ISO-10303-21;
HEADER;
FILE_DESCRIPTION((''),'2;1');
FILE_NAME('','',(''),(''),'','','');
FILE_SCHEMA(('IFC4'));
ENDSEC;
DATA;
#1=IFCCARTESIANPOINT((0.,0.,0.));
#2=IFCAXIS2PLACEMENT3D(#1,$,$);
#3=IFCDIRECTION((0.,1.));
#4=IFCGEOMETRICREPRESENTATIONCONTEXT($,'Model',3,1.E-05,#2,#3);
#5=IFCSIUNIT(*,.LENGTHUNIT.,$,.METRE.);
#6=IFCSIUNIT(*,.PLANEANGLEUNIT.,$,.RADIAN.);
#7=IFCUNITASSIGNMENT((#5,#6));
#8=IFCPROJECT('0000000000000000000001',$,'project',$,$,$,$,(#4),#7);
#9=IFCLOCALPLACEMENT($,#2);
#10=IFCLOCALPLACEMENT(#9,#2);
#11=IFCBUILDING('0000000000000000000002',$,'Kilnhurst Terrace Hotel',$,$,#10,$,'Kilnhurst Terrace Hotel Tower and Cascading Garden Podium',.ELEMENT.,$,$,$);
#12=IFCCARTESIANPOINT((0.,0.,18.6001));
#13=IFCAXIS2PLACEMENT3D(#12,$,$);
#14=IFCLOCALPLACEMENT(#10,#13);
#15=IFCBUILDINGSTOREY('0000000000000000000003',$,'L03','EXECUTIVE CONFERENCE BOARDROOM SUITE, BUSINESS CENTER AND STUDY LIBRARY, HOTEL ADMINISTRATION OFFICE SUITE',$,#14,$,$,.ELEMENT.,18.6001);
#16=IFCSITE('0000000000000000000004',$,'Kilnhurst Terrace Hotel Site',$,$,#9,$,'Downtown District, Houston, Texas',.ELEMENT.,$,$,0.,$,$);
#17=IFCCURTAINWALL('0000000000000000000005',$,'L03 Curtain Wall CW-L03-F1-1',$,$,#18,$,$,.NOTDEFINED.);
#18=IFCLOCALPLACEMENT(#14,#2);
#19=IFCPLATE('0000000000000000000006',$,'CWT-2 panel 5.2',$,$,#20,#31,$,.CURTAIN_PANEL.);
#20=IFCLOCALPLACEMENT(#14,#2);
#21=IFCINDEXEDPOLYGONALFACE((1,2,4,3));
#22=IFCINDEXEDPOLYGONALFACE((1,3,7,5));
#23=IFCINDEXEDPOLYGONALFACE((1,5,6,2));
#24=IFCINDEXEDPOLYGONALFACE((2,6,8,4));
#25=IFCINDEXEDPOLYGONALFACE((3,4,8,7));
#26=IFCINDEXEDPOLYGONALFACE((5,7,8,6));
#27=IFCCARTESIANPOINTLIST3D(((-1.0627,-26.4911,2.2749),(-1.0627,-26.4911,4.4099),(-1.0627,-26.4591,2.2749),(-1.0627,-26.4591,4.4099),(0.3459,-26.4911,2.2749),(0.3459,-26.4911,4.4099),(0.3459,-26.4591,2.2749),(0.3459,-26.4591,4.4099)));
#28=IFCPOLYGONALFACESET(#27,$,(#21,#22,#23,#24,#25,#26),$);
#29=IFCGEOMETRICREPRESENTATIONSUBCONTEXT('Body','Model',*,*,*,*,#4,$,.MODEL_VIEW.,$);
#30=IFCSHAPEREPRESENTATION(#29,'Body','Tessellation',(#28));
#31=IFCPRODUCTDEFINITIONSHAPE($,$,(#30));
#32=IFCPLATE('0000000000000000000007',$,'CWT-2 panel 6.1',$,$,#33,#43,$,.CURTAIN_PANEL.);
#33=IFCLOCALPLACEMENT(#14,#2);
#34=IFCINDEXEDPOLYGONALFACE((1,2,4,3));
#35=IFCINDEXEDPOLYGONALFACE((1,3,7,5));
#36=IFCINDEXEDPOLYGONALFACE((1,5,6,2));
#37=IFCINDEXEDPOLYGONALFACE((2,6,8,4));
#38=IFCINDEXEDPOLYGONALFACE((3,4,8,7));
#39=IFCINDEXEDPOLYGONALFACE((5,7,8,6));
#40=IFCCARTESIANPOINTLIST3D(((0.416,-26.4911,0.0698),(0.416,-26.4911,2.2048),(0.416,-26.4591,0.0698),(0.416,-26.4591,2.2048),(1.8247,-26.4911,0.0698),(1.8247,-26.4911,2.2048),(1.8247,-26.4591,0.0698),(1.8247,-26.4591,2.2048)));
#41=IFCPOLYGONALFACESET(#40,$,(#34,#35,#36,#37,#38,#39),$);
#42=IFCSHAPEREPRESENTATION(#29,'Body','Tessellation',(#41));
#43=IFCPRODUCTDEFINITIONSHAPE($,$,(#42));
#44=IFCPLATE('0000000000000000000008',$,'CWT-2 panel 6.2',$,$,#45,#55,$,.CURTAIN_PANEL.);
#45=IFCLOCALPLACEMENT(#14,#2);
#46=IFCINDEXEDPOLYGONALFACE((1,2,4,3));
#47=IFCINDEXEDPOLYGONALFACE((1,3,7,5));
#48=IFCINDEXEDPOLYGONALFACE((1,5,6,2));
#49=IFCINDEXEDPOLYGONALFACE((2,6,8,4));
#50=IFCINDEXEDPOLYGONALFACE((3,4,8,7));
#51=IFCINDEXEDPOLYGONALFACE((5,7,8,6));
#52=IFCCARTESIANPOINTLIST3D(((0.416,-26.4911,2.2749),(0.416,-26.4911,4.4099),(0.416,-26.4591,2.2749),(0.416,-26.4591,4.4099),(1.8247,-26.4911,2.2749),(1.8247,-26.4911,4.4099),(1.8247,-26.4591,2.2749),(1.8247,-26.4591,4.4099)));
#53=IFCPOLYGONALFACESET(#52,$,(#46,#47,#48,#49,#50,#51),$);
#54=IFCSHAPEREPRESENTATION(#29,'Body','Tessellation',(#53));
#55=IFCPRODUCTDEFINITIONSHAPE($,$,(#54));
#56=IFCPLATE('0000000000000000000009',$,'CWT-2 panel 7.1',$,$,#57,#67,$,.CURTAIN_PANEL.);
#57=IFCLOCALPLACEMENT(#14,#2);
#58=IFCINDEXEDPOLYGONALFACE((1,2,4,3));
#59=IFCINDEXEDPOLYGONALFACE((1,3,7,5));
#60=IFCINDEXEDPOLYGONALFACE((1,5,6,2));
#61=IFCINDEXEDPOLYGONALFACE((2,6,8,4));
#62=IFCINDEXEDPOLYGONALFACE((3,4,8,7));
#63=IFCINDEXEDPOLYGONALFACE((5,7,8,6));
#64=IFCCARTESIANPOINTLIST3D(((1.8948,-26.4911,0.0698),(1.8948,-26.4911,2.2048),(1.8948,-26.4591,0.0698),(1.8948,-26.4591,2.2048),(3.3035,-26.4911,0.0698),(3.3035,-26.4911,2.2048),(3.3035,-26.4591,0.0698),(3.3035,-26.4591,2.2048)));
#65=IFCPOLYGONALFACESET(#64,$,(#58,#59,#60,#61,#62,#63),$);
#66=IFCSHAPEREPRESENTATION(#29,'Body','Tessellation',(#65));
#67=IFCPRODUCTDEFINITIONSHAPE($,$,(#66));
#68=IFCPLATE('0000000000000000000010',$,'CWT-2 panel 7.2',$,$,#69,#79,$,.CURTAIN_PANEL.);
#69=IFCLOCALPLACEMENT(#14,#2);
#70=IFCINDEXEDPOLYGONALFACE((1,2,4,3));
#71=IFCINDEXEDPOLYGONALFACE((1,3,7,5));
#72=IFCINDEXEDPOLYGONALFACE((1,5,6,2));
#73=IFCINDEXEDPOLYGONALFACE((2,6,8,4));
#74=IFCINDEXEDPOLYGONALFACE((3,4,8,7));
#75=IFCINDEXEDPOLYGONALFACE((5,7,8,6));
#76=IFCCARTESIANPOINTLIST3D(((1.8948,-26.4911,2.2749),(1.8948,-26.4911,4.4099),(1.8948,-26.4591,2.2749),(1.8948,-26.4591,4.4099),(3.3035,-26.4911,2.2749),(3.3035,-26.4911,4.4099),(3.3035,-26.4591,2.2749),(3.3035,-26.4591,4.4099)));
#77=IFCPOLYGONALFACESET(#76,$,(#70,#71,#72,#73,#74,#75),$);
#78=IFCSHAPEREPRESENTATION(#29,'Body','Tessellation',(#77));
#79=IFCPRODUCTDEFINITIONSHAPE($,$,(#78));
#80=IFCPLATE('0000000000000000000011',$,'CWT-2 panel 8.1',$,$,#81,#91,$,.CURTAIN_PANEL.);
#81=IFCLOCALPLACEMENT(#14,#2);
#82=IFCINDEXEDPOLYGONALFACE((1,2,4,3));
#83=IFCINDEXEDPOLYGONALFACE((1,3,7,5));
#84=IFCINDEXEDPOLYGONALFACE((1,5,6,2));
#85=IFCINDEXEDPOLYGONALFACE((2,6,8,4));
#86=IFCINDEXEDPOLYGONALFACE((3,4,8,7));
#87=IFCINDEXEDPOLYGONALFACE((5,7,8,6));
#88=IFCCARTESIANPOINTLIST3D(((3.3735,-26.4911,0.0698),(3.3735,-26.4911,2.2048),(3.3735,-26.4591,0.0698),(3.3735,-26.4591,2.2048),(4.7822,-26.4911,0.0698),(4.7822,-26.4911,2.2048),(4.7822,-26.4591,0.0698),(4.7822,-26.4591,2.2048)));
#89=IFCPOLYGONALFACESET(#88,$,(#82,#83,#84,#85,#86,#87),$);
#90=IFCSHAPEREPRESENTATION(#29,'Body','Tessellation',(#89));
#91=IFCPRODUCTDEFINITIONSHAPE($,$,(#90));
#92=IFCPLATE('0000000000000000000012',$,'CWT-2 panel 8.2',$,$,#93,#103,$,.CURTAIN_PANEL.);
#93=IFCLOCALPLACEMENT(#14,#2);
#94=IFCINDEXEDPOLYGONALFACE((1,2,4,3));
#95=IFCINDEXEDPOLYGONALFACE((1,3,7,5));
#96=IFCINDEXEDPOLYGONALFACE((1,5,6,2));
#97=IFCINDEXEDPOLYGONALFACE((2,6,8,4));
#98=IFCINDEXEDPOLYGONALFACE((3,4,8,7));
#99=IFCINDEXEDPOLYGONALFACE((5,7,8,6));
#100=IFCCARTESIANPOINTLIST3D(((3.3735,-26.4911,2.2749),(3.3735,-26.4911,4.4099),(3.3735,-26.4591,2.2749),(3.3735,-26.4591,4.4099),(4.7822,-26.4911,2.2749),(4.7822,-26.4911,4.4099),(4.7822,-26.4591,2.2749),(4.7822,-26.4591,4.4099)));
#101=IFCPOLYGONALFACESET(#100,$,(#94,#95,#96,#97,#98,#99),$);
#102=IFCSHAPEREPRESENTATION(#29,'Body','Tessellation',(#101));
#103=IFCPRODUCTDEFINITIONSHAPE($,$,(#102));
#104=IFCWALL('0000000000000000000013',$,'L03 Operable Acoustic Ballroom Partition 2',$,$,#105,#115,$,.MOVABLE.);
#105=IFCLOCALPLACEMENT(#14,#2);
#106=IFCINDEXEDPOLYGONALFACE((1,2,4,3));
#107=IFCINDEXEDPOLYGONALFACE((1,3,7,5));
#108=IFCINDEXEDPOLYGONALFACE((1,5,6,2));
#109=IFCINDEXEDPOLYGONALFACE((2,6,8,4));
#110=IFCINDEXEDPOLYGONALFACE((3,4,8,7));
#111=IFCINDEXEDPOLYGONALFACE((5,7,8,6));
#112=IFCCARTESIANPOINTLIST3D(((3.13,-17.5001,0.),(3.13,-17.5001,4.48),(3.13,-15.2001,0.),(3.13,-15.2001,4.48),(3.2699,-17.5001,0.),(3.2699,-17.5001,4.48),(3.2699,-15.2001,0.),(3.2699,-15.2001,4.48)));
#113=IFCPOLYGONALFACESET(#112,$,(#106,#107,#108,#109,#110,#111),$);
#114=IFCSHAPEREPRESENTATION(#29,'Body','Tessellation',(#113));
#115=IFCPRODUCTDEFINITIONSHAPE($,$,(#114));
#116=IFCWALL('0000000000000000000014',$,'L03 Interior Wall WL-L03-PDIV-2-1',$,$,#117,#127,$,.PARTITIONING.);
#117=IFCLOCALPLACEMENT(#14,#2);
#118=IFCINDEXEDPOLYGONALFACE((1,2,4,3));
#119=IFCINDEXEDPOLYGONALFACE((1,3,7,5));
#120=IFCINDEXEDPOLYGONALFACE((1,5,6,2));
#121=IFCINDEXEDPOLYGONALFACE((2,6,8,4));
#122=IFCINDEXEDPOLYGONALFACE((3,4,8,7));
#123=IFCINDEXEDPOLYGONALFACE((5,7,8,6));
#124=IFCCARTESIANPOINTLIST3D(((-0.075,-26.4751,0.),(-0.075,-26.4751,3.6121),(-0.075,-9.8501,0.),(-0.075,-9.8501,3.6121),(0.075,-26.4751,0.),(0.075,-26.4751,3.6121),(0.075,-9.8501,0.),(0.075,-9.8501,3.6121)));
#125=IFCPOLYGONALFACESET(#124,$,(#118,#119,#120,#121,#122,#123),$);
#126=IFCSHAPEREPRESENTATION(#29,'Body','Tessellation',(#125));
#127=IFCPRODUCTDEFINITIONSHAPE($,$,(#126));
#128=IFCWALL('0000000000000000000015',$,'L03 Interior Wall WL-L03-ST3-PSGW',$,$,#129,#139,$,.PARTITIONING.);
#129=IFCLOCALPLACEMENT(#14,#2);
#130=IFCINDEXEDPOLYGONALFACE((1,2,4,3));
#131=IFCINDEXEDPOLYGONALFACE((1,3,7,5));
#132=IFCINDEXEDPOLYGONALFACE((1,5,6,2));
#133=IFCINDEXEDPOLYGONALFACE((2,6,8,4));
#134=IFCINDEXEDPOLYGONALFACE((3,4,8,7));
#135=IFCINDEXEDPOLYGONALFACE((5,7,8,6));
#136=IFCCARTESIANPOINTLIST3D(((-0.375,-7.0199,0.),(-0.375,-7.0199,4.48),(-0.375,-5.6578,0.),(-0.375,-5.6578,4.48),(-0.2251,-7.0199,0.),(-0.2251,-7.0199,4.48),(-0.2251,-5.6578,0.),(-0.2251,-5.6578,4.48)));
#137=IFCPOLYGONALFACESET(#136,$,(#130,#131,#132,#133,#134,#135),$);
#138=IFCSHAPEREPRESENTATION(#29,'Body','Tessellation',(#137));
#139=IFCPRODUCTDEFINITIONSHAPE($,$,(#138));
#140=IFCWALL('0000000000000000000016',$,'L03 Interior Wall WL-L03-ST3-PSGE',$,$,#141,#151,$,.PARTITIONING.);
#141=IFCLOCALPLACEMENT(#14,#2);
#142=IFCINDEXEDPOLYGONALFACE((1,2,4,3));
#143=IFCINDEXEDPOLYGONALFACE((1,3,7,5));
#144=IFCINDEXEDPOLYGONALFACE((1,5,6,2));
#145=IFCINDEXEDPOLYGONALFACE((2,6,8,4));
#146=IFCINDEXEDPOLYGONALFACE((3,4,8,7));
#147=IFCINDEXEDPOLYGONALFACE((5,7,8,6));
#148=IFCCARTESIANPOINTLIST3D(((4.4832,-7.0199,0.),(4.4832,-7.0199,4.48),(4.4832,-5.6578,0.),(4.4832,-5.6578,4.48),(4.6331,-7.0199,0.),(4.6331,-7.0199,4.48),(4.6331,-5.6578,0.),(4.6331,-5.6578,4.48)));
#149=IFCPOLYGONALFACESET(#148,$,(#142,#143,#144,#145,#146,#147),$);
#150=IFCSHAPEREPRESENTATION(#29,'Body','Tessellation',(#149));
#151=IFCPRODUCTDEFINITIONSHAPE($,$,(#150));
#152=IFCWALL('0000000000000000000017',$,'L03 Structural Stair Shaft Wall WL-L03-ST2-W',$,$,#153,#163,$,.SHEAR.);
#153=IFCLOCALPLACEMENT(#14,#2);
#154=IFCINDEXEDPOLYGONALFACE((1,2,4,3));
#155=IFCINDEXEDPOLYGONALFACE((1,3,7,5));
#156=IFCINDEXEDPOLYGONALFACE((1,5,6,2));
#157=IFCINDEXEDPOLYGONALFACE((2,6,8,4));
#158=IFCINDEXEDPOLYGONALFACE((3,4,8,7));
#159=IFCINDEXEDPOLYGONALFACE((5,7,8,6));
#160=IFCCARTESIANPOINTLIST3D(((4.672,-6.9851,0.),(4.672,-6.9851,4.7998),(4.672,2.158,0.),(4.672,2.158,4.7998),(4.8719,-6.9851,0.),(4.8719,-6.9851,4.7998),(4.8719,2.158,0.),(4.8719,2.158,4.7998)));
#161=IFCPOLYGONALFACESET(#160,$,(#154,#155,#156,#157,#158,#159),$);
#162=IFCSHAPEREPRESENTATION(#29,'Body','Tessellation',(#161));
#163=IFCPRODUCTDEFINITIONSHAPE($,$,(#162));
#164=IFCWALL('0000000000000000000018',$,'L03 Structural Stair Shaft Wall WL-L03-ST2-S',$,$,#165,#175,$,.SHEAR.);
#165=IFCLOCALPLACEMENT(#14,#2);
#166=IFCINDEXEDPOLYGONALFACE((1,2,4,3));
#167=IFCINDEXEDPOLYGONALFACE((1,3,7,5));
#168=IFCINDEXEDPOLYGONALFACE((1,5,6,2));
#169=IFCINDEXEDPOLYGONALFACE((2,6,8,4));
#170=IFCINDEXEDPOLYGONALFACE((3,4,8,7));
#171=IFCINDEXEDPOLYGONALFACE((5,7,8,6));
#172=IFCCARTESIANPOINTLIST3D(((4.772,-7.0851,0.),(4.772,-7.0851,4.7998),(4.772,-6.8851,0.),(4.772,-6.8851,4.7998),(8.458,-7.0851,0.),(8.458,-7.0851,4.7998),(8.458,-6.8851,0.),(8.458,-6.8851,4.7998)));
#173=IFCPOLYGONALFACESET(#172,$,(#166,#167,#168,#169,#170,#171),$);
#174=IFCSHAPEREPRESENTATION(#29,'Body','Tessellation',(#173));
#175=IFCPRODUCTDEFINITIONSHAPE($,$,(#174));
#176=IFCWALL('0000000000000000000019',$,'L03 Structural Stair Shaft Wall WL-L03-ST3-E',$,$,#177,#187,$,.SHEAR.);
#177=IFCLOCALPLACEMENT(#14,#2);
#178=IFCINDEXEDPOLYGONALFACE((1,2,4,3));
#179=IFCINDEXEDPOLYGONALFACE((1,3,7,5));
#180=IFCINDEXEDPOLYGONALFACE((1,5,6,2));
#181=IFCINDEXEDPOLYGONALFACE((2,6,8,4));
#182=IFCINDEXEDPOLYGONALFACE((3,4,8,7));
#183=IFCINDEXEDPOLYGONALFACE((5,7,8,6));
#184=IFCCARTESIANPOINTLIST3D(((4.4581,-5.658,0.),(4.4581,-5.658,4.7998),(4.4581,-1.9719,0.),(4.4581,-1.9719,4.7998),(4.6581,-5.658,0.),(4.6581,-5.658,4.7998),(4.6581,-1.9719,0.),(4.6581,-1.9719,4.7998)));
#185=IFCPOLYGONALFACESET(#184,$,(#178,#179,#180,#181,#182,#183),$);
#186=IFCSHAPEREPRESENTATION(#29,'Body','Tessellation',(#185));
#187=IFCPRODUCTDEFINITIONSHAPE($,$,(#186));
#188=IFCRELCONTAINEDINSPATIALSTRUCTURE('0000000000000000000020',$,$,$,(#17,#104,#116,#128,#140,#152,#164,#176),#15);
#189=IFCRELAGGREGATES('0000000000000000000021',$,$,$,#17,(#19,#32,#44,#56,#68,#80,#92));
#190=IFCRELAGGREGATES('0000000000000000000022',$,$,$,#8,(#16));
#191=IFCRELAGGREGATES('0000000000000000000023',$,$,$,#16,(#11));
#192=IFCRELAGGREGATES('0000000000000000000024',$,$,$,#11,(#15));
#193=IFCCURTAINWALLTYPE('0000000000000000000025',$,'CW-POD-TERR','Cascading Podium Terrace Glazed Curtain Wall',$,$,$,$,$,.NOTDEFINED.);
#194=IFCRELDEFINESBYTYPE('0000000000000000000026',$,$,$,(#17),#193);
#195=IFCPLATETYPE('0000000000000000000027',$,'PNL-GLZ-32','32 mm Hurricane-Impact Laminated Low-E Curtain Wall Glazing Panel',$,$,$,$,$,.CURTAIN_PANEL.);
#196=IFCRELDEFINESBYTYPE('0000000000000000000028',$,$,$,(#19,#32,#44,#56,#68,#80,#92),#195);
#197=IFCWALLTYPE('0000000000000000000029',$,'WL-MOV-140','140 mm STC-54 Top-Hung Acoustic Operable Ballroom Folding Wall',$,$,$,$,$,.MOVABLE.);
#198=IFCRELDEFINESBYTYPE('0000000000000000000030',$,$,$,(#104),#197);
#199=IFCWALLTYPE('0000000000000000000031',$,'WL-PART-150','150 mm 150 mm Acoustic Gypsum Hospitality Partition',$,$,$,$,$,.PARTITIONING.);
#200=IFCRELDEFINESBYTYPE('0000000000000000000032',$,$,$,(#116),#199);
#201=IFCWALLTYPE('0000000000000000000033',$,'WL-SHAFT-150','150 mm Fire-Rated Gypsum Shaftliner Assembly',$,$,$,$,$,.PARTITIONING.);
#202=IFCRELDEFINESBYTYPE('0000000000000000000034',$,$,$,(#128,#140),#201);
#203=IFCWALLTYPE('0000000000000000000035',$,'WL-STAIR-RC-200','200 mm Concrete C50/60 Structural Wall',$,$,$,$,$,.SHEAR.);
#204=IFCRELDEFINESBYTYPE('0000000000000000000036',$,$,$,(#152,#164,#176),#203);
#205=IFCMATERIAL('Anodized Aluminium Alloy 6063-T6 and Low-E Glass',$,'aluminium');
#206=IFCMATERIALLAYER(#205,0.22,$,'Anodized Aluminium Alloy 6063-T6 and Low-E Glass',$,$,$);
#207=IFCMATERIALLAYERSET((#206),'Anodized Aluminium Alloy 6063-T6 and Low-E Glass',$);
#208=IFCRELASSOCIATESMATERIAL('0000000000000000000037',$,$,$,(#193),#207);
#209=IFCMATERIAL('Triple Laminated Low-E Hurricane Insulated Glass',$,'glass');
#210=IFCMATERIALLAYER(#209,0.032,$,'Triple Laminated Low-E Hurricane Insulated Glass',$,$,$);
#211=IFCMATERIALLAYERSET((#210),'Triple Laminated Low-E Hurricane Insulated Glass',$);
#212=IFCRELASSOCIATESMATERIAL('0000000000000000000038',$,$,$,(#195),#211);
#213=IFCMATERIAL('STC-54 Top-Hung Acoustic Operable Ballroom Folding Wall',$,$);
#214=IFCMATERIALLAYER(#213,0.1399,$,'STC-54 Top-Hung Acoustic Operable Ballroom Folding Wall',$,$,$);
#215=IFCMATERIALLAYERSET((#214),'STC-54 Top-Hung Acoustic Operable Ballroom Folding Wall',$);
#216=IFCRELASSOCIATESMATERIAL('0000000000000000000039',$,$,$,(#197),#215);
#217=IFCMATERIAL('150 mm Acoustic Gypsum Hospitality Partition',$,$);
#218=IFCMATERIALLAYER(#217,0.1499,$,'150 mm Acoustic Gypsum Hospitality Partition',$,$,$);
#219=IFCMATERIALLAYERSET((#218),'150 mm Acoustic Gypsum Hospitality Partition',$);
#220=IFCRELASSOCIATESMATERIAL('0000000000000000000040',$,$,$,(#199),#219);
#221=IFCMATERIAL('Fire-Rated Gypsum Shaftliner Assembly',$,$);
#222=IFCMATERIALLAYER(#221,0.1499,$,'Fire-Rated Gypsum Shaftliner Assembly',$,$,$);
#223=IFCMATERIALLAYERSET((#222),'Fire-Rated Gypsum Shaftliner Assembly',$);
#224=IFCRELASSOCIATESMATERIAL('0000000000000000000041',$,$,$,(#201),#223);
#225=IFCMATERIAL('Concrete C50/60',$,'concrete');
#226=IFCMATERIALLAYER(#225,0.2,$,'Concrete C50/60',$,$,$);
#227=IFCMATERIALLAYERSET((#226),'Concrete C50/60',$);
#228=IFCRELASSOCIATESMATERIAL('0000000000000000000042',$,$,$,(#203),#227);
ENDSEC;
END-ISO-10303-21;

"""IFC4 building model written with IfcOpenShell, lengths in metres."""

from ifc_helpers import new_model, si_unit, direction, frame, frame_2d, origin, origin_2d, place, context, subcontext, project, spatial, rectangle, extrude, material, layer, layer_set, type_object, element, aggregate, save


model = new_model("IFC4")

# Units and contexts
model_context = context("Model", 3, precision=1e-05, world=origin(), true_north=direction((0.0, 1.0)))
body_context = subcontext(model_context, "Body", "Model", "MODEL_VIEW")
ifc_project = project(units=[si_unit("LENGTHUNIT", "METRE"), si_unit("PLANEANGLEUNIT", "RADIAN")], contexts=[model_context])

# Site, building, storey
site_placement = place(None, origin())
site = spatial("IfcSite", under=ifc_project, at=site_placement, Name="Kilnhurst Terrace Hotel Site", LongName="Downtown District, Houston, Texas", CompositionType="ELEMENT", RefElevation=0.0)
building_placement = place(site_placement, origin())
building = spatial("IfcBuilding", under=site, at=building_placement, Name="Kilnhurst Terrace Hotel", LongName="Kilnhurst Terrace Hotel Tower and Cascading Garden Podium", CompositionType="ELEMENT")
storey_placement = place(building_placement, frame((0.0, 0.0, 18.6001)))
storey = spatial("IfcBuildingStorey", under=building, at=storey_placement, Name="L03", Description="EXECUTIVE CONFERENCE BOARDROOM SUITE, BUSINESS CENTER AND STUDY LIBRARY, HOTEL ADMINISTRATION OFFICE SUITE", CompositionType="ELEMENT", Elevation=18.6001)

# Shared definitions
ifc_material_1 = material(Name="Concrete C50/60", Category="concrete")

# Curtain wall, plates
ifc_material_2 = material(Name="Anodized Aluminium Alloy 6063-T6 and Low-E Glass", Category="aluminium")
ifc_layer_1 = layer(ifc_material_2, 0.22, Name="Anodized Aluminium Alloy 6063-T6 and Low-E Glass")
ifc_layer_set_1 = layer_set([ifc_layer_1], Name="Anodized Aluminium Alloy 6063-T6 and Low-E Glass")
curtain_wall_type = type_object("IfcCurtainWallType", Name="CW-POD-TERR", Description="Cascading Podium Terrace Glazed Curtain Wall", PredefinedType="NOTDEFINED", material=ifc_layer_set_1)
curtain_wall_placement = place(storey_placement, origin())
curtain_wall = element("IfcCurtainWall", 1, at=curtain_wall_placement, inside=storey, type_object=curtain_wall_type, Name="L03 Curtain Wall CW-L03-F1-1", PredefinedType="NOTDEFINED")
ifc_material_3 = material(Name="Triple Laminated Low-E Hurricane Insulated Glass", Category="glass")
ifc_layer_2 = layer(ifc_material_3, 0.032, Name="Triple Laminated Low-E Hurricane Insulated Glass")
ifc_layer_set_2 = layer_set([ifc_layer_2], Name="Triple Laminated Low-E Hurricane Insulated Glass")
plate_type = type_object("IfcPlateType", Name="PNL-GLZ-32", Description="32 mm Hurricane-Impact Laminated Low-E Curtain Wall Glazing Panel", PredefinedType="CURTAIN_PANEL", material=ifc_layer_set_2)
plate_1_placement = place(storey_placement, frame((-0.3584, -26.4751, 2.2749), z_axis=(0.0, 0.0, 1.0), x_axis=(1.0, 0.0, 0.0)))
plate_1 = element("IfcPlate", 2, at=plate_1_placement, type_object=plate_type, Name="CWT-2 panel 5.2", PredefinedType="CURTAIN_PANEL", context=body_context, shape_type="SweptSolid", body=[
    extrude(rectangle(XDim=1.4087, YDim=0.032, at=origin_2d()), origin(), (0.0, 0.0, 1.0), 2.135),
])
plate_2_placement = place(storey_placement, frame((1.1204, -26.4751, 0.0698), z_axis=(0.0, 0.0, 1.0), x_axis=(1.0, 0.0, 0.0)))
plate_2 = element("IfcPlate", 3, at=plate_2_placement, type_object=plate_type, Name="CWT-2 panel 6.1", PredefinedType="CURTAIN_PANEL", context=body_context, shape_type="SweptSolid", body=[
    extrude(rectangle(XDim=1.4087, YDim=0.032, at=origin_2d()), origin(), (0.0, 0.0, 1.0), 2.135),
])
plate_3_placement = place(storey_placement, frame((1.1204, -26.4751, 2.2749), z_axis=(0.0, 0.0, 1.0), x_axis=(1.0, 0.0, 0.0)))
plate_3 = element("IfcPlate", 4, at=plate_3_placement, type_object=plate_type, Name="CWT-2 panel 6.2", PredefinedType="CURTAIN_PANEL", context=body_context, shape_type="SweptSolid", body=[
    extrude(rectangle(XDim=1.4087, YDim=0.032, at=origin_2d()), origin(), (0.0, 0.0, 1.0), 2.135),
])
plate_4_placement = place(storey_placement, frame((2.5991, -26.4751, 0.0698), z_axis=(0.0, 0.0, 1.0), x_axis=(1.0, 0.0, 0.0)))
plate_4 = element("IfcPlate", 5, at=plate_4_placement, type_object=plate_type, Name="CWT-2 panel 7.1", PredefinedType="CURTAIN_PANEL", context=body_context, shape_type="SweptSolid", body=[
    extrude(rectangle(XDim=1.4087, YDim=0.032, at=origin_2d()), origin(), (0.0, 0.0, 1.0), 2.135),
])
plate_5_placement = place(storey_placement, frame((2.5991, -26.4751, 2.2749), z_axis=(0.0, 0.0, 1.0), x_axis=(1.0, 0.0, 0.0)))
plate_5 = element("IfcPlate", 6, at=plate_5_placement, type_object=plate_type, Name="CWT-2 panel 7.2", PredefinedType="CURTAIN_PANEL", context=body_context, shape_type="SweptSolid", body=[
    extrude(rectangle(XDim=1.4087, YDim=0.032, at=origin_2d()), origin(), (0.0, 0.0, 1.0), 2.135),
])
plate_6_placement = place(storey_placement, frame((4.0779, -26.4751, 0.0698), z_axis=(0.0, 0.0, 1.0), x_axis=(1.0, 0.0, 0.0)))
plate_6 = element("IfcPlate", 7, at=plate_6_placement, type_object=plate_type, Name="CWT-2 panel 8.1", PredefinedType="CURTAIN_PANEL", context=body_context, shape_type="SweptSolid", body=[
    extrude(rectangle(XDim=1.4087, YDim=0.032, at=origin_2d()), origin(), (0.0, 0.0, 1.0), 2.135),
])
plate_7_placement = place(storey_placement, frame((4.0779, -26.4751, 2.2749), z_axis=(0.0, 0.0, 1.0), x_axis=(1.0, 0.0, 0.0)))
plate_7 = element("IfcPlate", 8, at=plate_7_placement, type_object=plate_type, Name="CWT-2 panel 8.2", PredefinedType="CURTAIN_PANEL", context=body_context, shape_type="SweptSolid", body=[
    extrude(rectangle(XDim=1.4087, YDim=0.032, at=origin_2d()), origin(), (0.0, 0.0, 1.0), 2.135),
])
aggregate(curtain_wall, [plate_1, plate_2, plate_3, plate_4, plate_5, plate_6, plate_7])

# Walls
ifc_material_4 = material(Name="STC-54 Top-Hung Acoustic Operable Ballroom Folding Wall")
ifc_layer_3 = layer(ifc_material_4, 0.1399, Name="STC-54 Top-Hung Acoustic Operable Ballroom Folding Wall")
ifc_layer_set_3 = layer_set([ifc_layer_3], Name="STC-54 Top-Hung Acoustic Operable Ballroom Folding Wall")
wall_type_1 = type_object("IfcWallType", Name="WL-MOV-140", Description="140 mm STC-54 Top-Hung Acoustic Operable Ballroom Folding Wall", PredefinedType="MOVABLE", material=ifc_layer_set_3)
wall_1_placement = place(storey_placement, frame((3.2, -17.5, 0.0), z_axis=(0.0, 0.0, 1.0), x_axis=(0.0, 1.0, 0.0)))
element("IfcWall", 9, at=wall_1_placement, inside=storey, type_object=wall_type_1, Name="L03 Operable Acoustic Ballroom Partition 2", PredefinedType="MOVABLE", context=body_context, shape_type="SweptSolid", body=[
    extrude(rectangle(XDim=2.3, YDim=0.1399, at=frame_2d((1.1499, 0.0))), origin(), (0.0, 0.0, 1.0), 4.48),
])
ifc_material_5 = material(Name="150 mm Acoustic Gypsum Hospitality Partition")
ifc_layer_4 = layer(ifc_material_5, 0.1499, Name="150 mm Acoustic Gypsum Hospitality Partition")
ifc_layer_set_4 = layer_set([ifc_layer_4], Name="150 mm Acoustic Gypsum Hospitality Partition")
wall_type_2 = type_object("IfcWallType", Name="WL-PART-150", Description="150 mm 150 mm Acoustic Gypsum Hospitality Partition", PredefinedType="PARTITIONING", material=ifc_layer_set_4)
wall_2_placement = place(storey_placement, frame((0.0, -9.8501, 0.0), z_axis=(0.0, 0.0, 1.0), x_axis=(0.0, -1.0, 0.0)))
element("IfcWall", 10, at=wall_2_placement, inside=storey, type_object=wall_type_2, Name="L03 Interior Wall WL-L03-PDIV-2-1", PredefinedType="PARTITIONING", context=body_context, shape_type="SweptSolid", body=[
    extrude(rectangle(XDim=16.625, YDim=0.1499, at=frame_2d((8.3125, 0.0))), origin(), (0.0, 0.0, 1.0), 3.6121),
])
ifc_material_6 = material(Name="Fire-Rated Gypsum Shaftliner Assembly")
ifc_layer_5 = layer(ifc_material_6, 0.1499, Name="Fire-Rated Gypsum Shaftliner Assembly")
ifc_layer_set_5 = layer_set([ifc_layer_5], Name="Fire-Rated Gypsum Shaftliner Assembly")
wall_type_3 = type_object("IfcWallType", Name="WL-SHAFT-150", Description="150 mm Fire-Rated Gypsum Shaftliner Assembly", PredefinedType="PARTITIONING", material=ifc_layer_set_5)
for number, where, z_axis, x_axis, name in (
    (11, (-0.3, -7.02, 0.0), (0.0, 0.0, 1.0), (0.0, 1.0, 0.0), "L03 Interior Wall WL-L03-ST3-PSGW"),
    (12, (4.5581, -7.02, 0.0), (0.0, 0.0, 1.0), (0.0, 1.0, 0.0), "L03 Interior Wall WL-L03-ST3-PSGE"),
):
    element("IfcWall", number, at=place(storey_placement, frame(where, z_axis=z_axis, x_axis=x_axis)), inside=storey, type_object=wall_type_3, Name=name, PredefinedType="PARTITIONING", context=body_context, shape_type="SweptSolid", body=[
        extrude(rectangle(XDim=1.3621, YDim=0.1499, at=frame_2d((0.6812, 0.0))), origin(), (0.0, 0.0, 1.0), 4.48),
    ])
ifc_layer_6 = layer(ifc_material_1, 0.2, Name="Concrete C50/60")
ifc_layer_set_6 = layer_set([ifc_layer_6], Name="Concrete C50/60")
wall_type_4 = type_object("IfcWallType", Name="WL-STAIR-RC-200", Description="200 mm Concrete C50/60 Structural Wall", PredefinedType="SHEAR", material=ifc_layer_set_6)
wall_3_placement = place(storey_placement, frame((4.772, -6.9851, 0.0), z_axis=(0.0, 0.0, 1.0), x_axis=(0.0, 1.0, 0.0)))
element("IfcWall", 13, at=wall_3_placement, inside=storey, type_object=wall_type_4, Name="L03 Structural Stair Shaft Wall WL-L03-ST2-W", PredefinedType="SHEAR", context=body_context, shape_type="SweptSolid", body=[
    extrude(rectangle(XDim=9.1431, YDim=0.2, at=frame_2d((4.5715, 0.0))), origin(), (0.0, 0.0, 1.0), 4.7998),
])
for number, where, z_axis, x_axis, name in (
    (14, (4.772, -6.9851, 0.0), (0.0, 0.0, 1.0), (1.0, 0.0, 0.0), "L03 Structural Stair Shaft Wall WL-L03-ST2-S"),
    (15, (4.5581, -5.658, 0.0), (0.0, 0.0, 1.0), (0.0, 1.0, 0.0), "L03 Structural Stair Shaft Wall WL-L03-ST3-E"),
):
    element("IfcWall", number, at=place(storey_placement, frame(where, z_axis=z_axis, x_axis=x_axis)), inside=storey, type_object=wall_type_4, Name=name, PredefinedType="SHEAR", context=body_context, shape_type="SweptSolid", body=[
        extrude(rectangle(XDim=3.686, YDim=0.2, at=frame_2d((1.843, 0.0))), origin(), (0.0, 0.0, 1.0), 4.7998),
    ])

save(model, "model.ifc")
